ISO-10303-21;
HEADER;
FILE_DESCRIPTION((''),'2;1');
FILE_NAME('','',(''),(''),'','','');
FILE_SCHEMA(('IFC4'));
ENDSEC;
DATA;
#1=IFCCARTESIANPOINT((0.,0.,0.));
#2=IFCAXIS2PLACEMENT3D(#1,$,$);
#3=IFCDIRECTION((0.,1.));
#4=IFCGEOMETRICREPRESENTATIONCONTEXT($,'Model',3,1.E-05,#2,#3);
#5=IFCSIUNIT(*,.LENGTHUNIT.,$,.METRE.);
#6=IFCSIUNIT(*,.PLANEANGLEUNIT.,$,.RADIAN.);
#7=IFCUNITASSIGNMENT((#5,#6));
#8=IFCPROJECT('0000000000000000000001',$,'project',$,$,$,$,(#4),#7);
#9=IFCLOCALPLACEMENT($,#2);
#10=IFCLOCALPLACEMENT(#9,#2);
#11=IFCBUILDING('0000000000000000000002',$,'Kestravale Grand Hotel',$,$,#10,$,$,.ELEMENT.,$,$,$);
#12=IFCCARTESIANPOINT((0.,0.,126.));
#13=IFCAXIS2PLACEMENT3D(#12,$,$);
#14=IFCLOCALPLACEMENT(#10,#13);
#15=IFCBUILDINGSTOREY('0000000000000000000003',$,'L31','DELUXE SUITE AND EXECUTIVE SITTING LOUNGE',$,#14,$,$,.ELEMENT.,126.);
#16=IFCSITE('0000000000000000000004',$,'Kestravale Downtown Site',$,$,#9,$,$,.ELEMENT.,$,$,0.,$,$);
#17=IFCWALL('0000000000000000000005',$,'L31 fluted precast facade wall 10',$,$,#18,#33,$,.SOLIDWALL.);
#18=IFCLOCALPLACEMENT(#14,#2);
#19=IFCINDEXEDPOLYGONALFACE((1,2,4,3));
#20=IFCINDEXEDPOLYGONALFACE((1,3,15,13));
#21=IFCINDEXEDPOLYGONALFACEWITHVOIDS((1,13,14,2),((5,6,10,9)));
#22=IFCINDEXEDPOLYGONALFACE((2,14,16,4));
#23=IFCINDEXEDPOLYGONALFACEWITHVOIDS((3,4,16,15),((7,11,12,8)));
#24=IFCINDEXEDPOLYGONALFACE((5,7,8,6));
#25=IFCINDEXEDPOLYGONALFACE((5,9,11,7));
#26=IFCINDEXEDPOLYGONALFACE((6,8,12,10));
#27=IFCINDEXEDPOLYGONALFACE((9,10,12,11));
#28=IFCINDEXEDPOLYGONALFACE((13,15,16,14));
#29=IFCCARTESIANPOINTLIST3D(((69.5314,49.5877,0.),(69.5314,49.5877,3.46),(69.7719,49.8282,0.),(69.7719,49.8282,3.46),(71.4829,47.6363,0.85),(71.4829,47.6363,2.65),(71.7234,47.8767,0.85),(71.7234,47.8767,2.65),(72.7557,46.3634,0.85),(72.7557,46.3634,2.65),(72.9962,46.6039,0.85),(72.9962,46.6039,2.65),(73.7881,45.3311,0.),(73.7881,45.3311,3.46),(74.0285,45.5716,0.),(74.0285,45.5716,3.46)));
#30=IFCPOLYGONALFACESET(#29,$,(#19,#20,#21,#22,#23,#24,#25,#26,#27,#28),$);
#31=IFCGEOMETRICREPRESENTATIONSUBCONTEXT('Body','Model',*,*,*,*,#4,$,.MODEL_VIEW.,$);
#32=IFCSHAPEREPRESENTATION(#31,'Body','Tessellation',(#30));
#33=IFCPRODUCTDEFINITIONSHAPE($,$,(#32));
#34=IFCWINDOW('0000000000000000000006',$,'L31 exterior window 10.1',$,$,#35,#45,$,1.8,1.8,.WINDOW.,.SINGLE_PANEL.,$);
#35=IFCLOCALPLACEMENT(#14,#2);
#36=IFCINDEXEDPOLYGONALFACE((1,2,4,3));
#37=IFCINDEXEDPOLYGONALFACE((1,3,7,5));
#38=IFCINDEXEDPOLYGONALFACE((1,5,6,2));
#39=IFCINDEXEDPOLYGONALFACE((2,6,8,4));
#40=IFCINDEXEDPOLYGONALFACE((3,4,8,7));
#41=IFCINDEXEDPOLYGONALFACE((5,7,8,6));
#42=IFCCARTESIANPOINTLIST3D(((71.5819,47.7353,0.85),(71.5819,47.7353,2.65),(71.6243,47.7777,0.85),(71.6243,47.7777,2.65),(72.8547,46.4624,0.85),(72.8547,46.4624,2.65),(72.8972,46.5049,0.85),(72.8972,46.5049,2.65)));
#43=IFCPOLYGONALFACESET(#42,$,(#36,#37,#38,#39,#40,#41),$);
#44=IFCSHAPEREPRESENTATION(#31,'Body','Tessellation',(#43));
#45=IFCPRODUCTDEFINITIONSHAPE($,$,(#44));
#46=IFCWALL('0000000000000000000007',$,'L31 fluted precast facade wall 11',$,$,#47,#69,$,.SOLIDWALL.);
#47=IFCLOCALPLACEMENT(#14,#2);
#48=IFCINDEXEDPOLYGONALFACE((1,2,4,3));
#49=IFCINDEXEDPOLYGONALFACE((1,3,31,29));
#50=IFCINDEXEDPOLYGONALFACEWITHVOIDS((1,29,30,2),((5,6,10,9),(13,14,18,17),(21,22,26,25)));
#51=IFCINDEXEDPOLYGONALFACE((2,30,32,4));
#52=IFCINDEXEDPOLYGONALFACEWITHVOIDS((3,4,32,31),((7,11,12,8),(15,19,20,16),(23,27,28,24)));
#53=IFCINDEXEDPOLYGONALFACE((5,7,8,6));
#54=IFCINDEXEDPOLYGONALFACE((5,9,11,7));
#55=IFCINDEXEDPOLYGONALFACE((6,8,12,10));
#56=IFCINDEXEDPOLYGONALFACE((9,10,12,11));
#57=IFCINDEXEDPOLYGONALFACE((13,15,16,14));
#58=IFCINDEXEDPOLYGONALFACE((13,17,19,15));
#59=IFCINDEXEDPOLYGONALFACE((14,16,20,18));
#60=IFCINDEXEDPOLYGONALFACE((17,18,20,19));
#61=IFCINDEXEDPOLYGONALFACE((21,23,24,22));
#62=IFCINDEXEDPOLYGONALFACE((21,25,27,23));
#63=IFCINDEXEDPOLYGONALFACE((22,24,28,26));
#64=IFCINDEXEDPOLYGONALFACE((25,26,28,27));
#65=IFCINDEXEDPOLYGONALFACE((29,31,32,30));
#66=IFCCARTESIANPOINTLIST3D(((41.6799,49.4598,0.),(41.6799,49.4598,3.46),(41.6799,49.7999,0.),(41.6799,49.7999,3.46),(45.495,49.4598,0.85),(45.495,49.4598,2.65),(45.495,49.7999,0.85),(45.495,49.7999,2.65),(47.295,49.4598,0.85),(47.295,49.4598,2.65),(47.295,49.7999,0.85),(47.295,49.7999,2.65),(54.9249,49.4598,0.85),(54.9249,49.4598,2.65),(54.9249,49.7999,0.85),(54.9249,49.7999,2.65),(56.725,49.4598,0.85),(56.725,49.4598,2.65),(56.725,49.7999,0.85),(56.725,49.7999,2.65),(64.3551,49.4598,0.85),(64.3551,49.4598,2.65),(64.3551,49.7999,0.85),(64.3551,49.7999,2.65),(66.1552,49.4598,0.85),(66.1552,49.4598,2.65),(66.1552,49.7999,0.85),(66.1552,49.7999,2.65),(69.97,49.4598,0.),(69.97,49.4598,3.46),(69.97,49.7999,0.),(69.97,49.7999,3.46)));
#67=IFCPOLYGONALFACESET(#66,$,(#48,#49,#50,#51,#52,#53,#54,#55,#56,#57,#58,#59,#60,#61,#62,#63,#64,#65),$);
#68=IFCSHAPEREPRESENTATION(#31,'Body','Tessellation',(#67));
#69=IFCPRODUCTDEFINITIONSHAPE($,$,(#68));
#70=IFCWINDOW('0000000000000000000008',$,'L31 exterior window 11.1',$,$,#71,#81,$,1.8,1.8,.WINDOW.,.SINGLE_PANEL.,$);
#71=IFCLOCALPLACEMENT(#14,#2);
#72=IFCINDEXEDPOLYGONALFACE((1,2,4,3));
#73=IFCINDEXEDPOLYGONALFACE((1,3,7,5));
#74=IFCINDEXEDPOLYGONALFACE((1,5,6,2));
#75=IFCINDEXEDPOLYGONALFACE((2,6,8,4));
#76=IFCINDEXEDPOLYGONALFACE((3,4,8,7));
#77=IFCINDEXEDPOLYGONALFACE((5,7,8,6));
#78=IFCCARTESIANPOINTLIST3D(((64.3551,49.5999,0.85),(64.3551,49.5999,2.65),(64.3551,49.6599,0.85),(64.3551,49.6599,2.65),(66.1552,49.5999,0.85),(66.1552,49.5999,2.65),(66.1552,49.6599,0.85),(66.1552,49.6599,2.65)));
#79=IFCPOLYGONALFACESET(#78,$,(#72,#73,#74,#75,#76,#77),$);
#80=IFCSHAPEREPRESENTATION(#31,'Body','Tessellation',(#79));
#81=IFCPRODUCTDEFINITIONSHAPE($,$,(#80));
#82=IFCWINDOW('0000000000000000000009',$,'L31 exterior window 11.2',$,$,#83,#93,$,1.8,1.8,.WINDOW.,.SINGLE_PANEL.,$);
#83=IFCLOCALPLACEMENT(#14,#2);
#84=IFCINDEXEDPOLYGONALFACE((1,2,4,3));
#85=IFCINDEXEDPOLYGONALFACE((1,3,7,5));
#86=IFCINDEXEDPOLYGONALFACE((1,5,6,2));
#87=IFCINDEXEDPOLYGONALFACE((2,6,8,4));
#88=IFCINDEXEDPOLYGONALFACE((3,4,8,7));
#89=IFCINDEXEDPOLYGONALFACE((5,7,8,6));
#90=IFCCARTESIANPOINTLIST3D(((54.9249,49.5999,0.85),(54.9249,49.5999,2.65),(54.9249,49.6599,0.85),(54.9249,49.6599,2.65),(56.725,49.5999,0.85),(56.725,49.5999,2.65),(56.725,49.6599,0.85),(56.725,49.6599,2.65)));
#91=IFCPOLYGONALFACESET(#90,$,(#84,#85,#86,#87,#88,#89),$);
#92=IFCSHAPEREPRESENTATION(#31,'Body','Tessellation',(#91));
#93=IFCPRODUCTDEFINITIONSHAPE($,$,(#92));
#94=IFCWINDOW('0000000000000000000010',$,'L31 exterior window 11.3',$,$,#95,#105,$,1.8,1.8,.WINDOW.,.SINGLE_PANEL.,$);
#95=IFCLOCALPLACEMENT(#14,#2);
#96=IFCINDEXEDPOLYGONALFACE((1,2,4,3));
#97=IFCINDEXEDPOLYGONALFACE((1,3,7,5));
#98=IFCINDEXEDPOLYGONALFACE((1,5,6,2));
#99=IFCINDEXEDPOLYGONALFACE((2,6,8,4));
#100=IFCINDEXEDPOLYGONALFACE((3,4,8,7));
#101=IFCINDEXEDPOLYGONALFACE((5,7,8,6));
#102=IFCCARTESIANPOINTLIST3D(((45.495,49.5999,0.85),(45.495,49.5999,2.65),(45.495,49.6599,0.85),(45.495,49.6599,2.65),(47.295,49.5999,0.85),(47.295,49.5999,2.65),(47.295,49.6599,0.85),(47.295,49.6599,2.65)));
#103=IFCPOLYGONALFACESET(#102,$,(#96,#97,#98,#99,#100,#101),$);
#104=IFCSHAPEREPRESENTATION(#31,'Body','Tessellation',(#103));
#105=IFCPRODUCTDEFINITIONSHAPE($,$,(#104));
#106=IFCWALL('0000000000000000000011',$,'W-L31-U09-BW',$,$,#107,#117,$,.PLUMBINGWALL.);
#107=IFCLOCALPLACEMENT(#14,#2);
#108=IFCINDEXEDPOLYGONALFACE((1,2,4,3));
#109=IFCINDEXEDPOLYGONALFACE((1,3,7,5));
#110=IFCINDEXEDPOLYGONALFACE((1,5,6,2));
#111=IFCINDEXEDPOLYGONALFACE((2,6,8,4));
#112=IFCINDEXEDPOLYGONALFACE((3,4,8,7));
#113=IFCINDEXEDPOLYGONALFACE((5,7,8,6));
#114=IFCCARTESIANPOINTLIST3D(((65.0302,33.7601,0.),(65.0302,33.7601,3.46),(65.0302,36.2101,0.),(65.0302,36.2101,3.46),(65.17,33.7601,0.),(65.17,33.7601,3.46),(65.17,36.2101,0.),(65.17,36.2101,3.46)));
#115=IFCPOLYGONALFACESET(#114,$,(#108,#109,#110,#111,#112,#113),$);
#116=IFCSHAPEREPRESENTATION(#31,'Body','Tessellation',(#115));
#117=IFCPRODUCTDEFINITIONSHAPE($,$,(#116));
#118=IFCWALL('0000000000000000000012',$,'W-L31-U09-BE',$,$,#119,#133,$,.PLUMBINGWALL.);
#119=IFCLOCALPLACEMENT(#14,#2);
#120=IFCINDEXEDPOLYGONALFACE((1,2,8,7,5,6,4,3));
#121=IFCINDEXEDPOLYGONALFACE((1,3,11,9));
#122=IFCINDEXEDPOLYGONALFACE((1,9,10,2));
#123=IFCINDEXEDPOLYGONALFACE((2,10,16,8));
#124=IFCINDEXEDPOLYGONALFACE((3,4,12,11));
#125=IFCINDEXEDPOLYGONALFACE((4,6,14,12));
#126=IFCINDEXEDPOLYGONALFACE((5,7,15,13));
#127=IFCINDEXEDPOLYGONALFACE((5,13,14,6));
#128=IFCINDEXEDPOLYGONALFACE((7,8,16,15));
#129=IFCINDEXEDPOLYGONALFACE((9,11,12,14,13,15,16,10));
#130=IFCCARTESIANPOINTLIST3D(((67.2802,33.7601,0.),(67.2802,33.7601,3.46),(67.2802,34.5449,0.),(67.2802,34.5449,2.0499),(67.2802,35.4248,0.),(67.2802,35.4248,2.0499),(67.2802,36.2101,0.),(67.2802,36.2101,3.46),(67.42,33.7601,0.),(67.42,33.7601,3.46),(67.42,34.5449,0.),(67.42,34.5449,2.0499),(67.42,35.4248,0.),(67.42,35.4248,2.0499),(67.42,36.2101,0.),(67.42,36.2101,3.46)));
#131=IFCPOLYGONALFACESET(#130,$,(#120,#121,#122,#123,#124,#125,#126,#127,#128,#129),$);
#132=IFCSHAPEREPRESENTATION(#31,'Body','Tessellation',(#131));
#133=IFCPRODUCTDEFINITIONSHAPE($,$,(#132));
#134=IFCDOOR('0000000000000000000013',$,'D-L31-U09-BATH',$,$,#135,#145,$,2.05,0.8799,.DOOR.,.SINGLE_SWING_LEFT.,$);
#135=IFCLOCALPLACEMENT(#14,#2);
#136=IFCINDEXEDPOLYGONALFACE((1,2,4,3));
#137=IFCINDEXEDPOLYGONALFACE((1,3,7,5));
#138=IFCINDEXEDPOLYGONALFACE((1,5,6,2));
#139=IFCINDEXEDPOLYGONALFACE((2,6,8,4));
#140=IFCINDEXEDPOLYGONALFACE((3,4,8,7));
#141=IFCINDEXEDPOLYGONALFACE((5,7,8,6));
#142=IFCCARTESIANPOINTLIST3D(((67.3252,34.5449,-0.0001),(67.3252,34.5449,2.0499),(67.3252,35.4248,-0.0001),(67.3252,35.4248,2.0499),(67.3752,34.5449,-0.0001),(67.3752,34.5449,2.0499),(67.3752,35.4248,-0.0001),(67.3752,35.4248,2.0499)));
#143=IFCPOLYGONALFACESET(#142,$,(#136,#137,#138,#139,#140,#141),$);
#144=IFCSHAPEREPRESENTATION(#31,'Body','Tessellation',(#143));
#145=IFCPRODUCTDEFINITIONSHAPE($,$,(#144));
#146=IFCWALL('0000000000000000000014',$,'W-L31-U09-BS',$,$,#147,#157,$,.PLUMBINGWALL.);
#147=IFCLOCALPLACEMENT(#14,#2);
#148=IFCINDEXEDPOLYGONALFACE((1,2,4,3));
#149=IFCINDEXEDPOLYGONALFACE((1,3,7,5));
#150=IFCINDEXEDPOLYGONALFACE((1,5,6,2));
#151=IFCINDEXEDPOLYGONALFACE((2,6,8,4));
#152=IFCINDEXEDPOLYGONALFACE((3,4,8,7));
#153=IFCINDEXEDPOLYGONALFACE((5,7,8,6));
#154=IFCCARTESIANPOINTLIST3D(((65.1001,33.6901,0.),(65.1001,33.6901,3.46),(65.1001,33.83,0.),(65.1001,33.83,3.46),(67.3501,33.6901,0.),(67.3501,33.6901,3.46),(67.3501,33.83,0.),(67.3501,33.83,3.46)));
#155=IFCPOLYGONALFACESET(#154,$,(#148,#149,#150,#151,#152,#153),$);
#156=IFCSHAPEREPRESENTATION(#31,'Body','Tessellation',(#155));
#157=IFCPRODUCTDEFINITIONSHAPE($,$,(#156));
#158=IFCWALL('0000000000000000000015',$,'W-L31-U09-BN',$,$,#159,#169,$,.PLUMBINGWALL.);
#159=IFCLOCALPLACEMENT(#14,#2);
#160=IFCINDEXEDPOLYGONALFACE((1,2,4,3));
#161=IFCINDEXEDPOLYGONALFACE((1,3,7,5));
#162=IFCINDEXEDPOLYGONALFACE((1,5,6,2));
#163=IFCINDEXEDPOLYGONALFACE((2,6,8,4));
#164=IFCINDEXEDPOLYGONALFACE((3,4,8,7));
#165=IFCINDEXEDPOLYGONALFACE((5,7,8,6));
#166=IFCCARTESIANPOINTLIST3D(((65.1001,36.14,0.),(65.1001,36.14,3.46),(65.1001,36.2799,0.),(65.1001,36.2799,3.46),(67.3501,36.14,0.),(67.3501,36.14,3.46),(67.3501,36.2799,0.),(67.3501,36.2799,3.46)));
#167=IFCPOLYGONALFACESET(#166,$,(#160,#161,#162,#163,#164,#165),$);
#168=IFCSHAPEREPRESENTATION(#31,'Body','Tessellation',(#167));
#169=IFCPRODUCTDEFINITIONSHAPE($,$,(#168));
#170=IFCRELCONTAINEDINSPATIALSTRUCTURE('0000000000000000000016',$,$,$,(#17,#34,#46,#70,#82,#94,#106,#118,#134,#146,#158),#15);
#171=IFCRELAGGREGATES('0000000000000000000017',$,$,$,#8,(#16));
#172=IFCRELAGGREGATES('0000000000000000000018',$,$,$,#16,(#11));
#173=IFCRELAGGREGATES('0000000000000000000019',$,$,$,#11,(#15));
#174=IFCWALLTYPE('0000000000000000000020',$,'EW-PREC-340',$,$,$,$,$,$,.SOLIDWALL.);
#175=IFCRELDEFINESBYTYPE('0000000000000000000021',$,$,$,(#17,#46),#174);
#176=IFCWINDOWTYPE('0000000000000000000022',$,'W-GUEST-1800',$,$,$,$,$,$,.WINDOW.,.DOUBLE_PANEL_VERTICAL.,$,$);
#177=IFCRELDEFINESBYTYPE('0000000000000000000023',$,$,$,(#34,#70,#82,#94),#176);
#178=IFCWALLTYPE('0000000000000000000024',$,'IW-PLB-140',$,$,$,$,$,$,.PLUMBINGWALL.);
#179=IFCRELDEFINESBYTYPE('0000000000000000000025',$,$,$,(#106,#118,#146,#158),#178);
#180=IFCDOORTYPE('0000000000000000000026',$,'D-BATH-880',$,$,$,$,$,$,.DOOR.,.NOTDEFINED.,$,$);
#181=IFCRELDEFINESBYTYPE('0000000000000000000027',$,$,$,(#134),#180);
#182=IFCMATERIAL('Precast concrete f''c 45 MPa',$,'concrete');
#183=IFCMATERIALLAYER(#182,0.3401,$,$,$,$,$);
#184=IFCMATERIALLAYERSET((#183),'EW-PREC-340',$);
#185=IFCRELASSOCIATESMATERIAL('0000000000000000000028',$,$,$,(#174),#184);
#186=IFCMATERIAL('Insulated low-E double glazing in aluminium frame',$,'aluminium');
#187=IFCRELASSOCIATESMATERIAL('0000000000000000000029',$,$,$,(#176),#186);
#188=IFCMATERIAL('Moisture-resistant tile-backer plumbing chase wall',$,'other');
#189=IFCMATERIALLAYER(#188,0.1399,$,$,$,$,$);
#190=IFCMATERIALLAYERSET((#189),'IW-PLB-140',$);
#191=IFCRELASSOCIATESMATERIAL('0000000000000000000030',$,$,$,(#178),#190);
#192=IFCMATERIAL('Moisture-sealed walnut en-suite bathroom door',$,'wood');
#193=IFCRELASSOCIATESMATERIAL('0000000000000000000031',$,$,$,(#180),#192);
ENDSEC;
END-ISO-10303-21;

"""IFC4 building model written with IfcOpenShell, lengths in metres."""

from ifc_helpers import new_model, si_unit, direction, frame, frame_2d, origin, place, context, subcontext, project, spatial, rectangle, extrude, material, layer, layer_set, type_object, element, fill, save


model = new_model("IFC4")

# Units and contexts
model_context = context("Model", 3, precision=1e-05, world=origin(), true_north=direction((0.0, 1.0)))
body_context = subcontext(model_context, "Body", "Model", "MODEL_VIEW")
ifc_project = project(units=[si_unit("LENGTHUNIT", "METRE"), si_unit("PLANEANGLEUNIT", "RADIAN")], contexts=[model_context])

# Site, building, storey
site_placement = place(None, origin())
site = spatial("IfcSite", under=ifc_project, at=site_placement, Name="Kestravale Downtown Site", CompositionType="ELEMENT", RefElevation=0.0)
building_placement = place(site_placement, origin())
building = spatial("IfcBuilding", under=site, at=building_placement, Name="Kestravale Grand Hotel", CompositionType="ELEMENT")
storey_placement = place(building_placement, frame((0.0, 0.0, 126.0)))
storey = spatial("IfcBuildingStorey", under=building, at=storey_placement, Name="L31", Description="DELUXE SUITE AND EXECUTIVE SITTING LOUNGE", CompositionType="ELEMENT", Elevation=126.0)

# Wall, opening, window
ifc_material_1 = material(Name="Precast concrete f'c 45 MPa", Category="concrete")
ifc_layer_1 = layer(ifc_material_1, 0.3401)
ifc_layer_set_1 = layer_set([ifc_layer_1], Name="EW-PREC-340")
wall_type_1 = type_object("IfcWallType", Name="EW-PREC-340", PredefinedType="SOLIDWALL", material=ifc_layer_set_1)
wall_1_placement = place(storey_placement, frame((73.9082, 45.4514, 0.0), z_axis=(0.0, 0.0, 1.0), x_axis=(-0.707107, 0.707107, 0.0)))
wall_1 = element("IfcWall", 1, at=wall_1_placement, inside=storey, type_object=wall_type_1, Name="L31 fluted precast facade wall 10", PredefinedType="SOLIDWALL", context=body_context, shape_type="SweptSolid", body=[
    extrude(rectangle(XDim=6.0198, YDim=0.3401, at=frame_2d((3.0098, 0.0))), origin(), (0.0, 0.0, 1.0), 3.46),
])
opening_1_placement = place(wall_1_placement, frame((1.46, 0.0, 0.8501)))
opening_1 = element("IfcOpeningElement", 2, at=opening_1_placement, cuts=wall_1, PredefinedType="OPENING", context=body_context, shape_type="SweptSolid", body=[
    extrude(rectangle(XDim=1.8, YDim=1.8, at=frame_2d((0.8999, 0.8999))), frame((0.0, 0.1799, 0.0), z_axis=(0.0, -1.0, 0.0), x_axis=(1.0, 0.0, 0.0)), (0.0, 0.0, 1.0), 0.3601),
])
ifc_material_2 = material(Name="Insulated low-E double glazing in aluminium frame", Category="aluminium")
window_type = type_object("IfcWindowType", Name="W-GUEST-1800", PartitioningType="DOUBLE_PANEL_VERTICAL", PredefinedType="WINDOW", material=ifc_material_2)
window_1_placement = place(opening_1_placement, origin())
window_1 = element("IfcWindow", 3, at=window_1_placement, inside=storey, type_object=window_type, Name="L31 exterior window 10.1", OverallHeight=1.8, OverallWidth=1.8, PartitioningType="SINGLE_PANEL", PredefinedType="WINDOW", context=body_context, shape_type="SweptSolid", body=[
    extrude(rectangle(XDim=1.8, YDim=1.8, at=frame_2d((0.8999, 0.8999))), frame((0.0, 0.03, 0.0), z_axis=(0.0, -1.0, 0.0), x_axis=(1.0, 0.0, 0.0)), (0.0, 0.0, 1.0), 0.0601),
])
fill(opening_1, window_1)

# Wall, openings, windows
wall_2_placement = place(storey_placement, frame((69.97, 49.6299, 0.0), z_axis=(0.0, 0.0, 1.0), x_axis=(-1.0, 0.0, 0.0)))
wall_2 = element("IfcWall", 4, at=wall_2_placement, inside=storey, type_object=wall_type_1, Name="L31 fluted precast facade wall 11", PredefinedType="SOLIDWALL", context=body_context, shape_type="SweptSolid", body=[
    extrude(rectangle(XDim=28.29, YDim=0.3401, at=frame_2d((14.145, 0.0))), origin(), (0.0, 0.0, 1.0), 3.46),
])
opening_2_placement = place(wall_2_placement, frame((3.8149, 0.0, 0.8501)))
opening_2 = element("IfcOpeningElement", 5, at=opening_2_placement, cuts=wall_2, PredefinedType="OPENING", context=body_context, shape_type="SweptSolid", body=[
    extrude(rectangle(XDim=1.8, YDim=1.8, at=frame_2d((0.8999, 0.8999))), frame((0.0, 0.1799, 0.0), z_axis=(0.0, -1.0, 0.0), x_axis=(1.0, 0.0, 0.0)), (0.0, 0.0, 1.0), 0.3601),
])
opening_3_placement = place(wall_2_placement, frame((13.2451, 0.0, 0.8501)))
opening_3 = element("IfcOpeningElement", 6, at=opening_3_placement, cuts=wall_2, PredefinedType="OPENING", context=body_context, shape_type="SweptSolid", body=[
    extrude(rectangle(XDim=1.8, YDim=1.8, at=frame_2d((0.8999, 0.8999))), frame((0.0, 0.1799, 0.0), z_axis=(0.0, -1.0, 0.0), x_axis=(1.0, 0.0, 0.0)), (0.0, 0.0, 1.0), 0.3601),
])
opening_4_placement = place(wall_2_placement, frame((22.675, 0.0, 0.8501)))
opening_4 = element("IfcOpeningElement", 7, at=opening_4_placement, cuts=wall_2, PredefinedType="OPENING", context=body_context, shape_type="SweptSolid", body=[
    extrude(rectangle(XDim=1.8, YDim=1.8, at=frame_2d((0.8999, 0.8999))), frame((0.0, 0.1799, 0.0), z_axis=(0.0, -1.0, 0.0), x_axis=(1.0, 0.0, 0.0)), (0.0, 0.0, 1.0), 0.3601),
])
window_2_placement = place(opening_2_placement, origin())
window_2 = element("IfcWindow", 8, at=window_2_placement, inside=storey, type_object=window_type, Name="L31 exterior window 11.1", OverallHeight=1.8, OverallWidth=1.8, PartitioningType="SINGLE_PANEL", PredefinedType="WINDOW", context=body_context, shape_type="SweptSolid", body=[
    extrude(rectangle(XDim=1.8, YDim=1.8, at=frame_2d((0.8999, 0.8999))), frame((0.0, 0.03, 0.0), z_axis=(0.0, -1.0, 0.0), x_axis=(1.0, 0.0, 0.0)), (0.0, 0.0, 1.0), 0.0601),
])
fill(opening_2, window_2)
window_3_placement = place(opening_3_placement, origin())
window_3 = element("IfcWindow", 9, at=window_3_placement, inside=storey, type_object=window_type, Name="L31 exterior window 11.2", OverallHeight=1.8, OverallWidth=1.8, PartitioningType="SINGLE_PANEL", PredefinedType="WINDOW", context=body_context, shape_type="SweptSolid", body=[
    extrude(rectangle(XDim=1.8, YDim=1.8, at=frame_2d((0.8999, 0.8999))), frame((0.0, 0.03, 0.0), z_axis=(0.0, -1.0, 0.0), x_axis=(1.0, 0.0, 0.0)), (0.0, 0.0, 1.0), 0.0601),
])
fill(opening_3, window_3)
window_4_placement = place(opening_4_placement, origin())
window_4 = element("IfcWindow", 10, at=window_4_placement, inside=storey, type_object=window_type, Name="L31 exterior window 11.3", OverallHeight=1.8, OverallWidth=1.8, PartitioningType="SINGLE_PANEL", PredefinedType="WINDOW", context=body_context, shape_type="SweptSolid", body=[
    extrude(rectangle(XDim=1.8, YDim=1.8, at=frame_2d((0.8999, 0.8999))), frame((0.0, 0.03, 0.0), z_axis=(0.0, -1.0, 0.0), x_axis=(1.0, 0.0, 0.0)), (0.0, 0.0, 1.0), 0.0601),
])
fill(opening_4, window_4)

# Wall
ifc_material_3 = material(Name="Moisture-resistant tile-backer plumbing chase wall", Category="other")
ifc_layer_2 = layer(ifc_material_3, 0.1399)
ifc_layer_set_2 = layer_set([ifc_layer_2], Name="IW-PLB-140")
wall_type_2 = type_object("IfcWallType", Name="IW-PLB-140", PredefinedType="PLUMBINGWALL", material=ifc_layer_set_2)
wall_3_placement = place(storey_placement, frame((65.1001, 33.76, 0.0), z_axis=(0.0, 0.0, 1.0), x_axis=(0.0, 1.0, 0.0)))
element("IfcWall", 11, at=wall_3_placement, inside=storey, type_object=wall_type_2, Name="W-L31-U09-BW", PredefinedType="PLUMBINGWALL", context=body_context, shape_type="SweptSolid", body=[
    extrude(rectangle(XDim=2.45, YDim=0.1399, at=frame_2d((1.2251, 0.0))), origin(), (0.0, 0.0, 1.0), 3.46),
])

# Wall, opening, door
wall_4_placement = place(storey_placement, frame((67.3501, 33.76, 0.0), z_axis=(0.0, 0.0, 1.0), x_axis=(0.0, 1.0, 0.0)))
wall_4 = element("IfcWall", 12, at=wall_4_placement, inside=storey, type_object=wall_type_2, Name="W-L31-U09-BE", PredefinedType="PLUMBINGWALL", context=body_context, shape_type="SweptSolid", body=[
    extrude(rectangle(XDim=2.45, YDim=0.1399, at=frame_2d((1.2251, 0.0))), origin(), (0.0, 0.0, 1.0), 3.46),
])
opening_5_placement = place(wall_4_placement, frame((0.7849, 0.0, 0.0)))
opening_5 = element("IfcOpeningElement", 13, at=opening_5_placement, cuts=wall_4, PredefinedType="OPENING", context=body_context, shape_type="SweptSolid", body=[
    extrude(rectangle(XDim=0.8799, YDim=2.05, at=frame_2d((0.4399, 1.0249))), frame((0.0, 0.0798, 0.0), z_axis=(0.0, -1.0, 0.0), x_axis=(1.0, 0.0, 0.0)), (0.0, 0.0, 1.0), 0.1599),
])
ifc_material_4 = material(Name="Moisture-sealed walnut en-suite bathroom door", Category="wood")
door_type = type_object("IfcDoorType", Name="D-BATH-880", OperationType="NOTDEFINED", PredefinedType="DOOR", material=ifc_material_4)
door_placement = place(opening_5_placement, origin())
door = element("IfcDoor", 14, at=door_placement, inside=storey, type_object=door_type, Name="D-L31-U09-BATH", OperationType="SINGLE_SWING_LEFT", OverallHeight=2.05, OverallWidth=0.8799, PredefinedType="DOOR", context=body_context, shape_type="SweptSolid", body=[
    extrude(rectangle(XDim=0.8799, YDim=2.05, at=frame_2d((0.4399, 1.0249))), frame((0.0, 0.0249, 0.0), z_axis=(0.0, -1.0, 0.0), x_axis=(1.0, 0.0, 0.0)), (0.0, 0.0, 1.0), 0.05),
])
fill(opening_5, door)

# Walls
for number, where, z_axis, x_axis, name in (
    (15, (65.1001, 33.76, 0.0), (0.0, 0.0, 1.0), (1.0, 0.0, 0.0), "W-L31-U09-BS"),
    (16, (65.1001, 36.21, 0.0), (0.0, 0.0, 1.0), (1.0, 0.0, 0.0), "W-L31-U09-BN"),
):
    element("IfcWall", number, at=place(storey_placement, frame(where, z_axis=z_axis, x_axis=x_axis)), inside=storey, type_object=wall_type_2, Name=name, PredefinedType="PLUMBINGWALL", context=body_context, shape_type="SweptSolid", body=[
        extrude(rectangle(XDim=2.25, YDim=0.1399, at=frame_2d((1.125, 0.0))), origin(), (0.0, 0.0, 1.0), 3.46),
    ])

save(model, "model.ifc")
